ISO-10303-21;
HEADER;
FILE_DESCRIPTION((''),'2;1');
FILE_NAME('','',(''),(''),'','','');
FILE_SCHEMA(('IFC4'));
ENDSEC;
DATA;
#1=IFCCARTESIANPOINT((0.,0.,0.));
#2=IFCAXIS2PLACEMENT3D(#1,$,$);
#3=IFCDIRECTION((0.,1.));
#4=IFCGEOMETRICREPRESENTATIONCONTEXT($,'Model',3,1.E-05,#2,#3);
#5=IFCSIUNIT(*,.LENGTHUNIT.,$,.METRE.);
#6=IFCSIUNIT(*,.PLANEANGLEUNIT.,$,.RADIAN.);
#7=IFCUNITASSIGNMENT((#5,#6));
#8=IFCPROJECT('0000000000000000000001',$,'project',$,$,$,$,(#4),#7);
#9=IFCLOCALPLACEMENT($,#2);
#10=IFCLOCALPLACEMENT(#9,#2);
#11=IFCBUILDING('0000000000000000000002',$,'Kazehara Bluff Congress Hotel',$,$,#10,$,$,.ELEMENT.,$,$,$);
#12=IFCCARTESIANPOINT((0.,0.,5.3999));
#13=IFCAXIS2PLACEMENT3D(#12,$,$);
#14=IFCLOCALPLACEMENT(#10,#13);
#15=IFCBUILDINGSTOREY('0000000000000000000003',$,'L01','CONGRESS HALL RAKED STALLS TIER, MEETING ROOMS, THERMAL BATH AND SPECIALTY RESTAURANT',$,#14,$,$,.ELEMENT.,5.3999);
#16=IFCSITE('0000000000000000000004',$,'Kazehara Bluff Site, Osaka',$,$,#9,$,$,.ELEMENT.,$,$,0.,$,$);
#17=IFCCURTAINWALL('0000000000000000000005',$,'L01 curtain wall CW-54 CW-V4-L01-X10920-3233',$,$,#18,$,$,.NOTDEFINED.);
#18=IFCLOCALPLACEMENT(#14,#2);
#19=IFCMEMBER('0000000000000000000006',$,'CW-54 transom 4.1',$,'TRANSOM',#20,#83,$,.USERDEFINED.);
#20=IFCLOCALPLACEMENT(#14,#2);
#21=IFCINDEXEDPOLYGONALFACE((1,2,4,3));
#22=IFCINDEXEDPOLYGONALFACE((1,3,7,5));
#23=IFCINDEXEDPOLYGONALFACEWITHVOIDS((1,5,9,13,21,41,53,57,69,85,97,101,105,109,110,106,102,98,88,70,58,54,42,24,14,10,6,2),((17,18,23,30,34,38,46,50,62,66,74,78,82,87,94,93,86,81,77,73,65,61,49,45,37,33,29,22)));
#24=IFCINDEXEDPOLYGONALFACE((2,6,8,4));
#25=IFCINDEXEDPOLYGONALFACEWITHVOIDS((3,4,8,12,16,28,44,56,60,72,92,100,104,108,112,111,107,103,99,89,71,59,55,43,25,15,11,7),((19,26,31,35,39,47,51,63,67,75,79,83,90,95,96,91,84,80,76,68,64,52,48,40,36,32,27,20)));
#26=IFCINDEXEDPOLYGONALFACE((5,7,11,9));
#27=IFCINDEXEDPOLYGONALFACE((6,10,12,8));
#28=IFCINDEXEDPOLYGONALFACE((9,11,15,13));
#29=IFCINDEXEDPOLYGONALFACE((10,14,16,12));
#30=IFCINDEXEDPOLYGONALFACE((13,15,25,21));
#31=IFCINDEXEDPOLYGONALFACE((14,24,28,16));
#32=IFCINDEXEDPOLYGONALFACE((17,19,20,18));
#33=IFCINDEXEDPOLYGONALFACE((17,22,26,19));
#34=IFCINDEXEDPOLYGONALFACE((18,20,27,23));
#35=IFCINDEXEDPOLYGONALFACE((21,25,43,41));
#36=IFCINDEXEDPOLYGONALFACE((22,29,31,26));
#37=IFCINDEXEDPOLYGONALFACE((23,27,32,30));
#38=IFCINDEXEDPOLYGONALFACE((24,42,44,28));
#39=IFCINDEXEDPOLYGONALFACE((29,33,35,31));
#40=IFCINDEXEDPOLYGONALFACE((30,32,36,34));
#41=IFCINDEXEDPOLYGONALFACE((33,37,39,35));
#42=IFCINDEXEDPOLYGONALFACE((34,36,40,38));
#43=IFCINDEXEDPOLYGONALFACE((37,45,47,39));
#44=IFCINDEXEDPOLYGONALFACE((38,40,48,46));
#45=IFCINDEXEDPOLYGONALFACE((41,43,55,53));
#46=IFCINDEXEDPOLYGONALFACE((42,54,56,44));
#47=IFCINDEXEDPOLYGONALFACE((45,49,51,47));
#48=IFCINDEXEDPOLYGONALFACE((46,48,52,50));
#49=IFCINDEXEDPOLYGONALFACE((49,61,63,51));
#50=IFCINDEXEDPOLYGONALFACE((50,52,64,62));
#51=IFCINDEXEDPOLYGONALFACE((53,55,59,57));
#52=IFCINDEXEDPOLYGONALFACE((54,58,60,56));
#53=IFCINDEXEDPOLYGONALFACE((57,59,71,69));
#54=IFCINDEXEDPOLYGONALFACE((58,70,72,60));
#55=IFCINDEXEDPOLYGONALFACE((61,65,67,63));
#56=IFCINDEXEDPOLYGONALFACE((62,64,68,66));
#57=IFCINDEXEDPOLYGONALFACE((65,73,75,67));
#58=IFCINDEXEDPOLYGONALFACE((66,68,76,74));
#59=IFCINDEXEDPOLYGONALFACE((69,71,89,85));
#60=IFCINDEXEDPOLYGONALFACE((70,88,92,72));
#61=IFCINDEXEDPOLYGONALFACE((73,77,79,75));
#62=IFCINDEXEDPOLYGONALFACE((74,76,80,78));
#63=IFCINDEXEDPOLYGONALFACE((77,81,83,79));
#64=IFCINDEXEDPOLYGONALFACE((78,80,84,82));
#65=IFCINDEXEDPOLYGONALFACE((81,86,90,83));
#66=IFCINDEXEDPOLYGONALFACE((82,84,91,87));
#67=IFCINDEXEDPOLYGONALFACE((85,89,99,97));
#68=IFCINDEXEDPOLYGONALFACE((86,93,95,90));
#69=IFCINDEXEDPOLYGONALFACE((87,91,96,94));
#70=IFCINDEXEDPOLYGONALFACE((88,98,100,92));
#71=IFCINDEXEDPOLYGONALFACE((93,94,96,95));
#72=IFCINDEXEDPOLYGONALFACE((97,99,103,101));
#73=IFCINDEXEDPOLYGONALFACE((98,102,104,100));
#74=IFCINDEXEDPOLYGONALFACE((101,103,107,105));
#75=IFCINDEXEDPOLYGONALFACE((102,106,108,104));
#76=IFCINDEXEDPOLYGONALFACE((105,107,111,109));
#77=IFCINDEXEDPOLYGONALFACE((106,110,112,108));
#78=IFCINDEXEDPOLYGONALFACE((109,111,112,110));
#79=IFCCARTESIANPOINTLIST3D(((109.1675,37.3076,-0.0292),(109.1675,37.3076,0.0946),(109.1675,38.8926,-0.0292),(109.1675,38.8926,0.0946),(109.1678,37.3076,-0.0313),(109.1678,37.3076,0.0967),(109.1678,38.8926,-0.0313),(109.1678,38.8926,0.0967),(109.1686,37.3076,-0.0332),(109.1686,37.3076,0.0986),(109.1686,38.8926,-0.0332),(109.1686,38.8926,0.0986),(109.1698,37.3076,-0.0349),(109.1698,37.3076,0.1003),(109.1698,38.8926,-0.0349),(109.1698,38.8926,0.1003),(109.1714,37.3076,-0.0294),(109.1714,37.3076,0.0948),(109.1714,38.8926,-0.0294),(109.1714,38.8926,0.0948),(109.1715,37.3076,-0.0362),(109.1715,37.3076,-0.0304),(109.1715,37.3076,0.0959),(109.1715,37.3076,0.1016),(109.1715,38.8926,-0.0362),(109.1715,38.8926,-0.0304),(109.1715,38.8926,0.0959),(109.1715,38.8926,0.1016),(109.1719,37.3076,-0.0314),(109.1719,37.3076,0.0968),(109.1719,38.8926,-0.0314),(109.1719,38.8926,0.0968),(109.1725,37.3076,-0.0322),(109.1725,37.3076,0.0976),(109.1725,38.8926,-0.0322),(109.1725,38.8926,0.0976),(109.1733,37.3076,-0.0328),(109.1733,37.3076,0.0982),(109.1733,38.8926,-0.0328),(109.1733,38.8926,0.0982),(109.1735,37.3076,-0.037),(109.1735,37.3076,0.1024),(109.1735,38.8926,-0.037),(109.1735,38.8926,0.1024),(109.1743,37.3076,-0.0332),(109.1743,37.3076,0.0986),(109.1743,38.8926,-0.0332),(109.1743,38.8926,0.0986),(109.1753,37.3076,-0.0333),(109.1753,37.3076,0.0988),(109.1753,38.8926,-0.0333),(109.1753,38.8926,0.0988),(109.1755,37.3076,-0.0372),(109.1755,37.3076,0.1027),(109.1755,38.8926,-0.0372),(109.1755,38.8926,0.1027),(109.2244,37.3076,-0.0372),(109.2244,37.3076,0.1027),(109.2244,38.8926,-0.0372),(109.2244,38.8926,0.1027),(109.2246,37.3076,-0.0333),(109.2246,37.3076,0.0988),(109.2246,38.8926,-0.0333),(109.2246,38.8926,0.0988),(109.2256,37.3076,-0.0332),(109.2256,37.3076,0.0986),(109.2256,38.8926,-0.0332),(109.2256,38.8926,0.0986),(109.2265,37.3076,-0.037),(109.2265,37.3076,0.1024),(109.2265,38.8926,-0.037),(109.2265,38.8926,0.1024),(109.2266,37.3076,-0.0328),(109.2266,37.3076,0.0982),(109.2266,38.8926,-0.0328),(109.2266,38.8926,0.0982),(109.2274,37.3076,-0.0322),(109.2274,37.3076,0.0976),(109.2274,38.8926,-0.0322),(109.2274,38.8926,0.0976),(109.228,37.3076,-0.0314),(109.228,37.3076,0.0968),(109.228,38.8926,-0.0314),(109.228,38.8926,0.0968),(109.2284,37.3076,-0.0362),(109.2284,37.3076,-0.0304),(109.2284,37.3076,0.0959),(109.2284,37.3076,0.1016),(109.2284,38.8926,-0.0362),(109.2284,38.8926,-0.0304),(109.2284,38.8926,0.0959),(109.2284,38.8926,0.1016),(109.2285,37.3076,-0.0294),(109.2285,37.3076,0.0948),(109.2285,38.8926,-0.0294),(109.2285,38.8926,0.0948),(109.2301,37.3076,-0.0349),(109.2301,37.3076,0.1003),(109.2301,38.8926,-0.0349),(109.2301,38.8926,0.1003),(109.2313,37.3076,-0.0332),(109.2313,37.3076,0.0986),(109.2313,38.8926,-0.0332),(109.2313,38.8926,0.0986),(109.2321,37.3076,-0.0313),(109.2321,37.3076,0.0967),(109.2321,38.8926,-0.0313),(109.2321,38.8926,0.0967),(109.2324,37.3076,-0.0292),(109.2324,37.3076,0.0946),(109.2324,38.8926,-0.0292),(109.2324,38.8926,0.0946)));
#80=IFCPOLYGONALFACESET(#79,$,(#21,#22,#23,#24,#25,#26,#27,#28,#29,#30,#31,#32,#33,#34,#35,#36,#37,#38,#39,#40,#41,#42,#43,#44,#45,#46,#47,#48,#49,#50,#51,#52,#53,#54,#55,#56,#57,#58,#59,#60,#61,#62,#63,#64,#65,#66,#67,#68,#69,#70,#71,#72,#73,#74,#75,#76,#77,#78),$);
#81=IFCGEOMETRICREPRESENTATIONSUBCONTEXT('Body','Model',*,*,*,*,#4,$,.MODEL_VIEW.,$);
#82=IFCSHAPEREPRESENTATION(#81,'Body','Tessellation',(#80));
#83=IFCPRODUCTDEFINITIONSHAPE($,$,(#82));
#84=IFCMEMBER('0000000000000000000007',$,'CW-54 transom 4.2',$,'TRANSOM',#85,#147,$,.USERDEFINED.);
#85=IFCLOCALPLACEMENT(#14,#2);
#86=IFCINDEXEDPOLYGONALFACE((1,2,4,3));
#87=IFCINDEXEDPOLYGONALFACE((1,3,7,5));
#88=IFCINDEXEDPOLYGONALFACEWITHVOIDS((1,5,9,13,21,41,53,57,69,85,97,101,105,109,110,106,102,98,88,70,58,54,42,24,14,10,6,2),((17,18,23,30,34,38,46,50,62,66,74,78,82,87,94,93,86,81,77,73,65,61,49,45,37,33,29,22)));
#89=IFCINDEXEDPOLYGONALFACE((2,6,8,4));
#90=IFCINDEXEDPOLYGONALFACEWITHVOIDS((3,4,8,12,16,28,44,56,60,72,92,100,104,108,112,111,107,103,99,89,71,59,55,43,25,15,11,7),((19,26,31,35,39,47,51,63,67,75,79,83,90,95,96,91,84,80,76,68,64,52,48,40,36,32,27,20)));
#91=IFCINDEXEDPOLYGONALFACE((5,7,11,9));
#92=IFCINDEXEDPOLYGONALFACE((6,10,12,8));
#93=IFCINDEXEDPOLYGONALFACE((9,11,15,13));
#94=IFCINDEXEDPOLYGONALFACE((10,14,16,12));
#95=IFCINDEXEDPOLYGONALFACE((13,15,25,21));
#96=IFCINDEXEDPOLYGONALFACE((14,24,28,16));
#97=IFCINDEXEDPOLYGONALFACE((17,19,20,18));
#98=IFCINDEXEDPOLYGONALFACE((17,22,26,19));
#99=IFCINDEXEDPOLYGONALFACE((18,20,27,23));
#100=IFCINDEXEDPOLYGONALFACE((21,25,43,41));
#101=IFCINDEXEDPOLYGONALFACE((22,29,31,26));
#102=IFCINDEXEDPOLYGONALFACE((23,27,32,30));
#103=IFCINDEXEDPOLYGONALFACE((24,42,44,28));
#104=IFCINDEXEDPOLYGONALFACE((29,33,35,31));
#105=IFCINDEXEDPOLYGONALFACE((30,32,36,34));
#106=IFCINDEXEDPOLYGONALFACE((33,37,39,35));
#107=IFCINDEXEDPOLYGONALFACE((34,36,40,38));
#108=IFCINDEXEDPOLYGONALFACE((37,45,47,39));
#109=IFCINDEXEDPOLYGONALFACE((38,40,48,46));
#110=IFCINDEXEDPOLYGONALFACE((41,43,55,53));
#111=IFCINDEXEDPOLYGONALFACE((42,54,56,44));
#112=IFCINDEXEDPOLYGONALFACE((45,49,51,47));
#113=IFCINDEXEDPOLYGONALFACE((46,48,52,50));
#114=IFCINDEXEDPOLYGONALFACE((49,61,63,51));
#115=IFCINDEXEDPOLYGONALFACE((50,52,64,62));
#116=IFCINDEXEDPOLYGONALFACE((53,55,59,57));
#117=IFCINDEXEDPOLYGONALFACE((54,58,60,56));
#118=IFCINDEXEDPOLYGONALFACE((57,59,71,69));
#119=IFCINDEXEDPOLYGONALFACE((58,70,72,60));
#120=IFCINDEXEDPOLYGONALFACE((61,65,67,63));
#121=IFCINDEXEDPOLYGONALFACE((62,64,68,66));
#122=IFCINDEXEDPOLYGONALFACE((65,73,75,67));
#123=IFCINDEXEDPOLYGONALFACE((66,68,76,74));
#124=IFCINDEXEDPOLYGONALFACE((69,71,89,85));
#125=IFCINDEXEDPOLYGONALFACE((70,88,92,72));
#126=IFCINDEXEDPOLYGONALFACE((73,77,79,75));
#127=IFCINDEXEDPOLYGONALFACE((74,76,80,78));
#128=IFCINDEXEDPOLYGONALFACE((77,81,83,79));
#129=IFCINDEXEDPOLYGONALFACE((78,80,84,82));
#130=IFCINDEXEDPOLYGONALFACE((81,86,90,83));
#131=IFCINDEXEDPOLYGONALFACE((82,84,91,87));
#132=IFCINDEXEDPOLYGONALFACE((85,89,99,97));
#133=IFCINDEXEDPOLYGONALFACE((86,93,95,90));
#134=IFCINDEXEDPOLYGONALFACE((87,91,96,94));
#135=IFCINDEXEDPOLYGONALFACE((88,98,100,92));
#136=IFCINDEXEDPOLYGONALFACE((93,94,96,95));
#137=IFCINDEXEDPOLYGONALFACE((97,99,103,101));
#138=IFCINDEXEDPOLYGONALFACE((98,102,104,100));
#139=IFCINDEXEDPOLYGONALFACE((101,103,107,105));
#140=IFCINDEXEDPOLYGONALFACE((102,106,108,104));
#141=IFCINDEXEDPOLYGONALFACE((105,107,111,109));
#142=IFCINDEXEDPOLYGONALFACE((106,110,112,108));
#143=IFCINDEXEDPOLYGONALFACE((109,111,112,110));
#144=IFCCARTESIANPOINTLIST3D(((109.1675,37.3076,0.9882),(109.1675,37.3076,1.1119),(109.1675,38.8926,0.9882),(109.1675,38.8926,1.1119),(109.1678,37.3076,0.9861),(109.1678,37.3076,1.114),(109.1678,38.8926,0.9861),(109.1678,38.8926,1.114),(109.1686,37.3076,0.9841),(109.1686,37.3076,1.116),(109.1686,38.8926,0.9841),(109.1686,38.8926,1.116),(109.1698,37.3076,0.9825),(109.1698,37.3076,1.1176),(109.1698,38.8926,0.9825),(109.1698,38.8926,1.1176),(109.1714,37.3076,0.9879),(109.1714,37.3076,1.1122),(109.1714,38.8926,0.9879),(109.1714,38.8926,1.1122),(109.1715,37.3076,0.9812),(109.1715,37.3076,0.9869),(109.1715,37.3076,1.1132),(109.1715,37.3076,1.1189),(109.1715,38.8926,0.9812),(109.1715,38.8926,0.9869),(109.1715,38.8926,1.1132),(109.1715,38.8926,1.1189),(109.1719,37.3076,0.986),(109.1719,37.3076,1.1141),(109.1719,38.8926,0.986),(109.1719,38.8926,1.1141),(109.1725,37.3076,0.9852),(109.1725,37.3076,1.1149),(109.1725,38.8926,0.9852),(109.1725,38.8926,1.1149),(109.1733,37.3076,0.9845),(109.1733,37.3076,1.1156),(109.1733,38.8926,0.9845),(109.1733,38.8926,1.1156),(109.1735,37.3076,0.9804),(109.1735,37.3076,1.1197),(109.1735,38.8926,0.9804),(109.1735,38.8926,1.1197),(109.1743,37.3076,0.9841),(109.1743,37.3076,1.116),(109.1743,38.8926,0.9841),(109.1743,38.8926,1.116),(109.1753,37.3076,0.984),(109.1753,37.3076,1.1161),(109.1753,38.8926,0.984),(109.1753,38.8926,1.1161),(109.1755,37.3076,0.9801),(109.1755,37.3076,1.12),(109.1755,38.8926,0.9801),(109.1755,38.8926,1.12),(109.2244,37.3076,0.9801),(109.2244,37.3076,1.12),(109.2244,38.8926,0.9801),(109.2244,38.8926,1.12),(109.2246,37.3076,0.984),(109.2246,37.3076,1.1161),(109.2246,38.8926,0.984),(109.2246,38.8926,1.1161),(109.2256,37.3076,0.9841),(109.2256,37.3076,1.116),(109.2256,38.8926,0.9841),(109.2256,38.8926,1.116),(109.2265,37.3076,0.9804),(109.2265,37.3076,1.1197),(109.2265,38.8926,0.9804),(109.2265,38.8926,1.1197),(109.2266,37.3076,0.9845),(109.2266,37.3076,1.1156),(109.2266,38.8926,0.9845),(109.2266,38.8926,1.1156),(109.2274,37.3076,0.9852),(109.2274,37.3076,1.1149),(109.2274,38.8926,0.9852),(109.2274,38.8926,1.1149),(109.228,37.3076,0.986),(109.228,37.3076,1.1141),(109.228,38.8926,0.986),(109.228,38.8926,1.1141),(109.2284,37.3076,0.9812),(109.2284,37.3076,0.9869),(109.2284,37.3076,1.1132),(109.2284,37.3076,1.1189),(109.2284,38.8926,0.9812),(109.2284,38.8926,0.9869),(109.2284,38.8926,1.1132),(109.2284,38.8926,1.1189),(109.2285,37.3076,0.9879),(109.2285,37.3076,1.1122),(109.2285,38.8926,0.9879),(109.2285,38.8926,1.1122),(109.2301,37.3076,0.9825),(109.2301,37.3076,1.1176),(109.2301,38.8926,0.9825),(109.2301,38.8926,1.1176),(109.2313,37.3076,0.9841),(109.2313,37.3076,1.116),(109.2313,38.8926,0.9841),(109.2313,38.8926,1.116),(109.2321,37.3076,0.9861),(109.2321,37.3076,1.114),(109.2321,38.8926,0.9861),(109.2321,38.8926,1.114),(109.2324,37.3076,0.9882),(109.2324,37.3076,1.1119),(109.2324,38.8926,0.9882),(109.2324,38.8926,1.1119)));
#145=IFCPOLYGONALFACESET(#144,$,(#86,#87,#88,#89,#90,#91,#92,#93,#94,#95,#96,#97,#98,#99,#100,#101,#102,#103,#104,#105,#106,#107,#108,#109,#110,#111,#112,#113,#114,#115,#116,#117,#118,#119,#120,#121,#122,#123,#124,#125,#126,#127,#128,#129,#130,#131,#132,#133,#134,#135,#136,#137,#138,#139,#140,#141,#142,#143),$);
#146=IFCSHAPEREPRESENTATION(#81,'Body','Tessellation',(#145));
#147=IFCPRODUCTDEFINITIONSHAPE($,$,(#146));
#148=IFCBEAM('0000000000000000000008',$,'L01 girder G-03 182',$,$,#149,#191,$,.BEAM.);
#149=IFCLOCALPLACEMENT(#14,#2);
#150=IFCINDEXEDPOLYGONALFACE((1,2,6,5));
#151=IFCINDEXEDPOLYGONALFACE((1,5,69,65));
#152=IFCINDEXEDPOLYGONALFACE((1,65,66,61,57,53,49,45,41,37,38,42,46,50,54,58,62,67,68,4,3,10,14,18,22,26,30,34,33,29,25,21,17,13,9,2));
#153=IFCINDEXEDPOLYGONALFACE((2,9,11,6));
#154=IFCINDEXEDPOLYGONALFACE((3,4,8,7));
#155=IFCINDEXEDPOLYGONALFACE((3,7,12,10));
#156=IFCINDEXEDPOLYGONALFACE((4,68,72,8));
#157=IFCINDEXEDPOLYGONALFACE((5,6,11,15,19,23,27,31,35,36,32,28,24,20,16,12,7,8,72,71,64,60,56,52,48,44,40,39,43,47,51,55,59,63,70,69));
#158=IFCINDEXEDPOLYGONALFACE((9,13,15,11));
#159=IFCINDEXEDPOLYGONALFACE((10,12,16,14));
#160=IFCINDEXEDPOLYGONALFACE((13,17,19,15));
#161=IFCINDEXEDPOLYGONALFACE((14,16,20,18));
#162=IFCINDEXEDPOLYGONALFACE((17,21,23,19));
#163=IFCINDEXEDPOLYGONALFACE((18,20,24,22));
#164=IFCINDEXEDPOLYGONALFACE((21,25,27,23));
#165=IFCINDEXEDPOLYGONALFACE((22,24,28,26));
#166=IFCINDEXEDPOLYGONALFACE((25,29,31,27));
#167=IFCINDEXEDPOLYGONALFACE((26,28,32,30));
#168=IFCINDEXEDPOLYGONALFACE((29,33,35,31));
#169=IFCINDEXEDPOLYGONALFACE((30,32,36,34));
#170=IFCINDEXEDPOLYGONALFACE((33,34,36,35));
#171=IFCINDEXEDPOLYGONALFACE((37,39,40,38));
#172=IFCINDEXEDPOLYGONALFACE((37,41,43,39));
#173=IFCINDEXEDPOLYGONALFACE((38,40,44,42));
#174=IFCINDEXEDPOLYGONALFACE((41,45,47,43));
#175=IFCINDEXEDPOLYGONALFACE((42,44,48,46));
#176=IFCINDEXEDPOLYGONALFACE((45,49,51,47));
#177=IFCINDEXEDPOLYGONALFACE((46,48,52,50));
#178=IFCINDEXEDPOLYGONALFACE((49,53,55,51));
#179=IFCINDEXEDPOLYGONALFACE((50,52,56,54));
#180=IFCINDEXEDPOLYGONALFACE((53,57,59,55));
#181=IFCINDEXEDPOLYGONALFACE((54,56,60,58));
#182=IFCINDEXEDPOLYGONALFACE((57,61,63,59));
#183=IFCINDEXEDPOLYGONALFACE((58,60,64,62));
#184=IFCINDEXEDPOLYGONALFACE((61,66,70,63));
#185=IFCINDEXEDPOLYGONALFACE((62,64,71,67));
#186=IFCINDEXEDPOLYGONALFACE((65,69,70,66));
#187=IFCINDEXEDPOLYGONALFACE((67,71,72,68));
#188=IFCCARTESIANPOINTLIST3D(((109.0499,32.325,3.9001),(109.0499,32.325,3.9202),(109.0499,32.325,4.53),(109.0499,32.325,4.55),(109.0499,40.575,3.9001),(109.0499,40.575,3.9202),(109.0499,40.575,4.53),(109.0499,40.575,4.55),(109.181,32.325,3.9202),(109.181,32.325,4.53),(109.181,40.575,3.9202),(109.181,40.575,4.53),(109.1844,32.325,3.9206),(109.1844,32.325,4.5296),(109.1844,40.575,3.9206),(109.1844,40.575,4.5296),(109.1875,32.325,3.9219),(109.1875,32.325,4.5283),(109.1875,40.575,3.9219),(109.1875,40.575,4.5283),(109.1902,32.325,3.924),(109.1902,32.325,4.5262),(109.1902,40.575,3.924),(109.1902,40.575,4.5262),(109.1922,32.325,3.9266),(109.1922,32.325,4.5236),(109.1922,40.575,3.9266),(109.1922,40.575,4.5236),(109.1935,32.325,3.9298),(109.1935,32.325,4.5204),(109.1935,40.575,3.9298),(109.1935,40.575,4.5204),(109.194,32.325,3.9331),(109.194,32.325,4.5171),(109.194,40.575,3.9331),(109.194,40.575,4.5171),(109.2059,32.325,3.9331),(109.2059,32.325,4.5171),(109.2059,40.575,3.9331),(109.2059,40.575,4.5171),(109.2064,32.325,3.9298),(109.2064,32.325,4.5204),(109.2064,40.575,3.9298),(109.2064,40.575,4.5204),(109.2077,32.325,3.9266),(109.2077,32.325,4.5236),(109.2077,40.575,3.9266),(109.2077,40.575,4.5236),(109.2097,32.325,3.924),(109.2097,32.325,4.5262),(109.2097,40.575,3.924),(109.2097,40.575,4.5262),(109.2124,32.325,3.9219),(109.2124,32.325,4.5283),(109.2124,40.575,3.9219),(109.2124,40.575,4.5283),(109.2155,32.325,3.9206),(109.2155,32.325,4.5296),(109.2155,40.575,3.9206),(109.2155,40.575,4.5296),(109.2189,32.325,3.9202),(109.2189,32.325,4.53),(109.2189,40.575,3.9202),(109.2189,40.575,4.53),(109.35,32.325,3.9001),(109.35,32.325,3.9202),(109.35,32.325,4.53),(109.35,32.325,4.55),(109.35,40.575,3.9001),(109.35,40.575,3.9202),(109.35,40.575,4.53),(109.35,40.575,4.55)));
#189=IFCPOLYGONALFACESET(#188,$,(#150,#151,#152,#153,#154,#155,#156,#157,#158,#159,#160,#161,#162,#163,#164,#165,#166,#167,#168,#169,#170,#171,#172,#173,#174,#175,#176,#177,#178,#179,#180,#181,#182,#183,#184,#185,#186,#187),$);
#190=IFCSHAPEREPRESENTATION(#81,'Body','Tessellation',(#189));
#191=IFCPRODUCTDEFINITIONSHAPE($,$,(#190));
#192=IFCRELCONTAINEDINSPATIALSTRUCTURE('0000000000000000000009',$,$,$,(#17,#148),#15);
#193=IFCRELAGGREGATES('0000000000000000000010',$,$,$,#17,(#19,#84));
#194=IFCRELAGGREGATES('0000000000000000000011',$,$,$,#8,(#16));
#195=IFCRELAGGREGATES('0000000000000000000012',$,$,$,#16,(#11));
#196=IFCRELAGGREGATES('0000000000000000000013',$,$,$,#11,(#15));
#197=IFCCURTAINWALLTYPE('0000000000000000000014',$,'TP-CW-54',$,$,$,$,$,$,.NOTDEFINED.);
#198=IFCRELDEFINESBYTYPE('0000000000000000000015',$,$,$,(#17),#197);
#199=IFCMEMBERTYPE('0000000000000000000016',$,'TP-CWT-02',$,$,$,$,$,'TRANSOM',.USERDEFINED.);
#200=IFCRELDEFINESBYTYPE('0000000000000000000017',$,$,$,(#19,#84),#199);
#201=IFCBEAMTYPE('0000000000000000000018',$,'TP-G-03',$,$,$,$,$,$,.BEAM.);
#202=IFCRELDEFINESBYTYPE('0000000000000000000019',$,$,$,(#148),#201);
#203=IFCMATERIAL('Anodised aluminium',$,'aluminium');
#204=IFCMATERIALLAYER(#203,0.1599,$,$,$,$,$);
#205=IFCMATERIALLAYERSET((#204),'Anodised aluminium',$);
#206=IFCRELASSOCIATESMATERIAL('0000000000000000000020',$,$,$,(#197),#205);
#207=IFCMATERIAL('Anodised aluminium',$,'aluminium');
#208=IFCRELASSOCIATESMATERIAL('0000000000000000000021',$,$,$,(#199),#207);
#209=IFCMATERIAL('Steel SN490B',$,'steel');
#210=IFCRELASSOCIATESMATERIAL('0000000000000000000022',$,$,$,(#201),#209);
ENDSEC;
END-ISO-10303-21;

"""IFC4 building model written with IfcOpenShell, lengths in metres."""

from ifc_helpers import new_model, si_unit, direction, frame, origin, origin_2d, place, context, subcontext, project, spatial, hollow_rectangle, i_section, extrude, material, layer, layer_set, material_profile, profile_set, type_object, element, aggregate, save


model = new_model("IFC4")

# Units and contexts
model_context = context("Model", 3, precision=1e-05, world=origin(), true_north=direction((0.0, 1.0)))
body_context = subcontext(model_context, "Body", "Model", "MODEL_VIEW")
ifc_project = project(units=[si_unit("LENGTHUNIT", "METRE"), si_unit("PLANEANGLEUNIT", "RADIAN")], contexts=[model_context])

# Site, building, storey
site_placement = place(None, origin())
site = spatial("IfcSite", under=ifc_project, at=site_placement, Name="Kazehara Bluff Site, Osaka", CompositionType="ELEMENT", RefElevation=0.0)
building_placement = place(site_placement, origin())
building = spatial("IfcBuilding", under=site, at=building_placement, Name="Kazehara Bluff Congress Hotel", CompositionType="ELEMENT")
storey_placement = place(building_placement, frame((0.0, 0.0, 5.3999)))
storey = spatial("IfcBuildingStorey", under=building, at=storey_placement, Name="L01", Description="CONGRESS HALL RAKED STALLS TIER, MEETING ROOMS, THERMAL BATH AND SPECIALTY RESTAURANT", CompositionType="ELEMENT", Elevation=5.3999)

# Curtain wall, members
ifc_material_1 = material(Name="Anodised aluminium", Category="aluminium")
ifc_layer_1 = layer(ifc_material_1, 0.1599)
ifc_layer_set_1 = layer_set([ifc_layer_1], Name="Anodised aluminium")
curtain_wall_type_1 = type_object("IfcCurtainWallType", Name="TP-CW-54", PredefinedType="NOTDEFINED", material=ifc_layer_set_1)
curtain_wall_1_placement = place(storey_placement, origin())
curtain_wall_1 = element("IfcCurtainWall", 1, at=curtain_wall_1_placement, inside=storey, type_object=curtain_wall_type_1, Name="L01 curtain wall CW-54 CW-V4-L01-X10920-3233", PredefinedType="NOTDEFINED")
ifc_material_2 = material(Name="Anodised aluminium", Category="aluminium")
ifc_material_profile_1 = material_profile(ifc_material_2, hollow_rectangle(XDim=0.0649, YDim=0.1399, WallThickness=0.0039, InnerFilletRadius=0.0039, OuterFilletRadius=0.0081, at=origin_2d()))
ifc_profile_set_1 = profile_set([ifc_material_profile_1], Name="Anodised aluminium")
member_type_1 = type_object("IfcMemberType", Name="TP-CWT-02", ElementType="TRANSOM", PredefinedType="USERDEFINED", material=ifc_profile_set_1)
member_1_placement = place(storey_placement, frame((109.2, 37.3076, 0.0327), z_axis=(0.0, 1.0, 0.0), x_axis=(-1.0, 0.0, 0.0)))
member_1 = element("IfcMember", 2, at=member_1_placement, type_object=member_type_1, Name="CW-54 transom 4.1", ObjectType="TRANSOM", PredefinedType="USERDEFINED", context=body_context, shape_type="SweptSolid", body=[
    extrude(hollow_rectangle(XDim=0.0649, YDim=0.1399, WallThickness=0.0039, InnerFilletRadius=0.0039, OuterFilletRadius=0.0081, at=origin_2d()), origin(), (0.0, 0.0, 1.0), 1.585),
])
member_2_placement = place(storey_placement, frame((109.2, 37.3076, 1.05), z_axis=(0.0, 1.0, 0.0), x_axis=(-1.0, 0.0, 0.0)))
member_2 = element("IfcMember", 3, at=member_2_placement, type_object=member_type_1, Name="CW-54 transom 4.2", ObjectType="TRANSOM", PredefinedType="USERDEFINED", context=body_context, shape_type="SweptSolid", body=[
    extrude(hollow_rectangle(XDim=0.0649, YDim=0.1399, WallThickness=0.0039, InnerFilletRadius=0.0039, OuterFilletRadius=0.0081, at=origin_2d()), origin(), (0.0, 0.0, 1.0), 1.585),
])

# Beam
ifc_material_3 = material(Name="Steel SN490B", Category="steel")
ifc_material_profile_2 = material_profile(ifc_material_3, i_section(OverallWidth=0.3, OverallDepth=0.6499, WebThickness=0.012, FlangeThickness=0.02, FilletRadius=0.0129, at=origin_2d()))
ifc_profile_set_2 = profile_set([ifc_material_profile_2], Name="Steel SN490B")
beam_type = type_object("IfcBeamType", Name="TP-G-03", PredefinedType="BEAM", material=ifc_profile_set_2)
beam_placement = place(storey_placement, frame((109.2, 32.325, 4.2251), z_axis=(0.0, 1.0, 0.0), x_axis=(-1.0, 0.0, 0.0)))
element("IfcBeam", 4, at=beam_placement, inside=storey, type_object=beam_type, Name="L01 girder G-03 182", PredefinedType="BEAM", context=body_context, shape_type="SweptSolid", body=[
    extrude(i_section(OverallWidth=0.3, OverallDepth=0.6499, WebThickness=0.012, FlangeThickness=0.02, FilletRadius=0.0129, at=origin_2d()), origin(), (0.0, 0.0, 1.0), 8.25),
])

aggregate(curtain_wall_1, [member_1, member_2])

save(model, "model.ifc")
